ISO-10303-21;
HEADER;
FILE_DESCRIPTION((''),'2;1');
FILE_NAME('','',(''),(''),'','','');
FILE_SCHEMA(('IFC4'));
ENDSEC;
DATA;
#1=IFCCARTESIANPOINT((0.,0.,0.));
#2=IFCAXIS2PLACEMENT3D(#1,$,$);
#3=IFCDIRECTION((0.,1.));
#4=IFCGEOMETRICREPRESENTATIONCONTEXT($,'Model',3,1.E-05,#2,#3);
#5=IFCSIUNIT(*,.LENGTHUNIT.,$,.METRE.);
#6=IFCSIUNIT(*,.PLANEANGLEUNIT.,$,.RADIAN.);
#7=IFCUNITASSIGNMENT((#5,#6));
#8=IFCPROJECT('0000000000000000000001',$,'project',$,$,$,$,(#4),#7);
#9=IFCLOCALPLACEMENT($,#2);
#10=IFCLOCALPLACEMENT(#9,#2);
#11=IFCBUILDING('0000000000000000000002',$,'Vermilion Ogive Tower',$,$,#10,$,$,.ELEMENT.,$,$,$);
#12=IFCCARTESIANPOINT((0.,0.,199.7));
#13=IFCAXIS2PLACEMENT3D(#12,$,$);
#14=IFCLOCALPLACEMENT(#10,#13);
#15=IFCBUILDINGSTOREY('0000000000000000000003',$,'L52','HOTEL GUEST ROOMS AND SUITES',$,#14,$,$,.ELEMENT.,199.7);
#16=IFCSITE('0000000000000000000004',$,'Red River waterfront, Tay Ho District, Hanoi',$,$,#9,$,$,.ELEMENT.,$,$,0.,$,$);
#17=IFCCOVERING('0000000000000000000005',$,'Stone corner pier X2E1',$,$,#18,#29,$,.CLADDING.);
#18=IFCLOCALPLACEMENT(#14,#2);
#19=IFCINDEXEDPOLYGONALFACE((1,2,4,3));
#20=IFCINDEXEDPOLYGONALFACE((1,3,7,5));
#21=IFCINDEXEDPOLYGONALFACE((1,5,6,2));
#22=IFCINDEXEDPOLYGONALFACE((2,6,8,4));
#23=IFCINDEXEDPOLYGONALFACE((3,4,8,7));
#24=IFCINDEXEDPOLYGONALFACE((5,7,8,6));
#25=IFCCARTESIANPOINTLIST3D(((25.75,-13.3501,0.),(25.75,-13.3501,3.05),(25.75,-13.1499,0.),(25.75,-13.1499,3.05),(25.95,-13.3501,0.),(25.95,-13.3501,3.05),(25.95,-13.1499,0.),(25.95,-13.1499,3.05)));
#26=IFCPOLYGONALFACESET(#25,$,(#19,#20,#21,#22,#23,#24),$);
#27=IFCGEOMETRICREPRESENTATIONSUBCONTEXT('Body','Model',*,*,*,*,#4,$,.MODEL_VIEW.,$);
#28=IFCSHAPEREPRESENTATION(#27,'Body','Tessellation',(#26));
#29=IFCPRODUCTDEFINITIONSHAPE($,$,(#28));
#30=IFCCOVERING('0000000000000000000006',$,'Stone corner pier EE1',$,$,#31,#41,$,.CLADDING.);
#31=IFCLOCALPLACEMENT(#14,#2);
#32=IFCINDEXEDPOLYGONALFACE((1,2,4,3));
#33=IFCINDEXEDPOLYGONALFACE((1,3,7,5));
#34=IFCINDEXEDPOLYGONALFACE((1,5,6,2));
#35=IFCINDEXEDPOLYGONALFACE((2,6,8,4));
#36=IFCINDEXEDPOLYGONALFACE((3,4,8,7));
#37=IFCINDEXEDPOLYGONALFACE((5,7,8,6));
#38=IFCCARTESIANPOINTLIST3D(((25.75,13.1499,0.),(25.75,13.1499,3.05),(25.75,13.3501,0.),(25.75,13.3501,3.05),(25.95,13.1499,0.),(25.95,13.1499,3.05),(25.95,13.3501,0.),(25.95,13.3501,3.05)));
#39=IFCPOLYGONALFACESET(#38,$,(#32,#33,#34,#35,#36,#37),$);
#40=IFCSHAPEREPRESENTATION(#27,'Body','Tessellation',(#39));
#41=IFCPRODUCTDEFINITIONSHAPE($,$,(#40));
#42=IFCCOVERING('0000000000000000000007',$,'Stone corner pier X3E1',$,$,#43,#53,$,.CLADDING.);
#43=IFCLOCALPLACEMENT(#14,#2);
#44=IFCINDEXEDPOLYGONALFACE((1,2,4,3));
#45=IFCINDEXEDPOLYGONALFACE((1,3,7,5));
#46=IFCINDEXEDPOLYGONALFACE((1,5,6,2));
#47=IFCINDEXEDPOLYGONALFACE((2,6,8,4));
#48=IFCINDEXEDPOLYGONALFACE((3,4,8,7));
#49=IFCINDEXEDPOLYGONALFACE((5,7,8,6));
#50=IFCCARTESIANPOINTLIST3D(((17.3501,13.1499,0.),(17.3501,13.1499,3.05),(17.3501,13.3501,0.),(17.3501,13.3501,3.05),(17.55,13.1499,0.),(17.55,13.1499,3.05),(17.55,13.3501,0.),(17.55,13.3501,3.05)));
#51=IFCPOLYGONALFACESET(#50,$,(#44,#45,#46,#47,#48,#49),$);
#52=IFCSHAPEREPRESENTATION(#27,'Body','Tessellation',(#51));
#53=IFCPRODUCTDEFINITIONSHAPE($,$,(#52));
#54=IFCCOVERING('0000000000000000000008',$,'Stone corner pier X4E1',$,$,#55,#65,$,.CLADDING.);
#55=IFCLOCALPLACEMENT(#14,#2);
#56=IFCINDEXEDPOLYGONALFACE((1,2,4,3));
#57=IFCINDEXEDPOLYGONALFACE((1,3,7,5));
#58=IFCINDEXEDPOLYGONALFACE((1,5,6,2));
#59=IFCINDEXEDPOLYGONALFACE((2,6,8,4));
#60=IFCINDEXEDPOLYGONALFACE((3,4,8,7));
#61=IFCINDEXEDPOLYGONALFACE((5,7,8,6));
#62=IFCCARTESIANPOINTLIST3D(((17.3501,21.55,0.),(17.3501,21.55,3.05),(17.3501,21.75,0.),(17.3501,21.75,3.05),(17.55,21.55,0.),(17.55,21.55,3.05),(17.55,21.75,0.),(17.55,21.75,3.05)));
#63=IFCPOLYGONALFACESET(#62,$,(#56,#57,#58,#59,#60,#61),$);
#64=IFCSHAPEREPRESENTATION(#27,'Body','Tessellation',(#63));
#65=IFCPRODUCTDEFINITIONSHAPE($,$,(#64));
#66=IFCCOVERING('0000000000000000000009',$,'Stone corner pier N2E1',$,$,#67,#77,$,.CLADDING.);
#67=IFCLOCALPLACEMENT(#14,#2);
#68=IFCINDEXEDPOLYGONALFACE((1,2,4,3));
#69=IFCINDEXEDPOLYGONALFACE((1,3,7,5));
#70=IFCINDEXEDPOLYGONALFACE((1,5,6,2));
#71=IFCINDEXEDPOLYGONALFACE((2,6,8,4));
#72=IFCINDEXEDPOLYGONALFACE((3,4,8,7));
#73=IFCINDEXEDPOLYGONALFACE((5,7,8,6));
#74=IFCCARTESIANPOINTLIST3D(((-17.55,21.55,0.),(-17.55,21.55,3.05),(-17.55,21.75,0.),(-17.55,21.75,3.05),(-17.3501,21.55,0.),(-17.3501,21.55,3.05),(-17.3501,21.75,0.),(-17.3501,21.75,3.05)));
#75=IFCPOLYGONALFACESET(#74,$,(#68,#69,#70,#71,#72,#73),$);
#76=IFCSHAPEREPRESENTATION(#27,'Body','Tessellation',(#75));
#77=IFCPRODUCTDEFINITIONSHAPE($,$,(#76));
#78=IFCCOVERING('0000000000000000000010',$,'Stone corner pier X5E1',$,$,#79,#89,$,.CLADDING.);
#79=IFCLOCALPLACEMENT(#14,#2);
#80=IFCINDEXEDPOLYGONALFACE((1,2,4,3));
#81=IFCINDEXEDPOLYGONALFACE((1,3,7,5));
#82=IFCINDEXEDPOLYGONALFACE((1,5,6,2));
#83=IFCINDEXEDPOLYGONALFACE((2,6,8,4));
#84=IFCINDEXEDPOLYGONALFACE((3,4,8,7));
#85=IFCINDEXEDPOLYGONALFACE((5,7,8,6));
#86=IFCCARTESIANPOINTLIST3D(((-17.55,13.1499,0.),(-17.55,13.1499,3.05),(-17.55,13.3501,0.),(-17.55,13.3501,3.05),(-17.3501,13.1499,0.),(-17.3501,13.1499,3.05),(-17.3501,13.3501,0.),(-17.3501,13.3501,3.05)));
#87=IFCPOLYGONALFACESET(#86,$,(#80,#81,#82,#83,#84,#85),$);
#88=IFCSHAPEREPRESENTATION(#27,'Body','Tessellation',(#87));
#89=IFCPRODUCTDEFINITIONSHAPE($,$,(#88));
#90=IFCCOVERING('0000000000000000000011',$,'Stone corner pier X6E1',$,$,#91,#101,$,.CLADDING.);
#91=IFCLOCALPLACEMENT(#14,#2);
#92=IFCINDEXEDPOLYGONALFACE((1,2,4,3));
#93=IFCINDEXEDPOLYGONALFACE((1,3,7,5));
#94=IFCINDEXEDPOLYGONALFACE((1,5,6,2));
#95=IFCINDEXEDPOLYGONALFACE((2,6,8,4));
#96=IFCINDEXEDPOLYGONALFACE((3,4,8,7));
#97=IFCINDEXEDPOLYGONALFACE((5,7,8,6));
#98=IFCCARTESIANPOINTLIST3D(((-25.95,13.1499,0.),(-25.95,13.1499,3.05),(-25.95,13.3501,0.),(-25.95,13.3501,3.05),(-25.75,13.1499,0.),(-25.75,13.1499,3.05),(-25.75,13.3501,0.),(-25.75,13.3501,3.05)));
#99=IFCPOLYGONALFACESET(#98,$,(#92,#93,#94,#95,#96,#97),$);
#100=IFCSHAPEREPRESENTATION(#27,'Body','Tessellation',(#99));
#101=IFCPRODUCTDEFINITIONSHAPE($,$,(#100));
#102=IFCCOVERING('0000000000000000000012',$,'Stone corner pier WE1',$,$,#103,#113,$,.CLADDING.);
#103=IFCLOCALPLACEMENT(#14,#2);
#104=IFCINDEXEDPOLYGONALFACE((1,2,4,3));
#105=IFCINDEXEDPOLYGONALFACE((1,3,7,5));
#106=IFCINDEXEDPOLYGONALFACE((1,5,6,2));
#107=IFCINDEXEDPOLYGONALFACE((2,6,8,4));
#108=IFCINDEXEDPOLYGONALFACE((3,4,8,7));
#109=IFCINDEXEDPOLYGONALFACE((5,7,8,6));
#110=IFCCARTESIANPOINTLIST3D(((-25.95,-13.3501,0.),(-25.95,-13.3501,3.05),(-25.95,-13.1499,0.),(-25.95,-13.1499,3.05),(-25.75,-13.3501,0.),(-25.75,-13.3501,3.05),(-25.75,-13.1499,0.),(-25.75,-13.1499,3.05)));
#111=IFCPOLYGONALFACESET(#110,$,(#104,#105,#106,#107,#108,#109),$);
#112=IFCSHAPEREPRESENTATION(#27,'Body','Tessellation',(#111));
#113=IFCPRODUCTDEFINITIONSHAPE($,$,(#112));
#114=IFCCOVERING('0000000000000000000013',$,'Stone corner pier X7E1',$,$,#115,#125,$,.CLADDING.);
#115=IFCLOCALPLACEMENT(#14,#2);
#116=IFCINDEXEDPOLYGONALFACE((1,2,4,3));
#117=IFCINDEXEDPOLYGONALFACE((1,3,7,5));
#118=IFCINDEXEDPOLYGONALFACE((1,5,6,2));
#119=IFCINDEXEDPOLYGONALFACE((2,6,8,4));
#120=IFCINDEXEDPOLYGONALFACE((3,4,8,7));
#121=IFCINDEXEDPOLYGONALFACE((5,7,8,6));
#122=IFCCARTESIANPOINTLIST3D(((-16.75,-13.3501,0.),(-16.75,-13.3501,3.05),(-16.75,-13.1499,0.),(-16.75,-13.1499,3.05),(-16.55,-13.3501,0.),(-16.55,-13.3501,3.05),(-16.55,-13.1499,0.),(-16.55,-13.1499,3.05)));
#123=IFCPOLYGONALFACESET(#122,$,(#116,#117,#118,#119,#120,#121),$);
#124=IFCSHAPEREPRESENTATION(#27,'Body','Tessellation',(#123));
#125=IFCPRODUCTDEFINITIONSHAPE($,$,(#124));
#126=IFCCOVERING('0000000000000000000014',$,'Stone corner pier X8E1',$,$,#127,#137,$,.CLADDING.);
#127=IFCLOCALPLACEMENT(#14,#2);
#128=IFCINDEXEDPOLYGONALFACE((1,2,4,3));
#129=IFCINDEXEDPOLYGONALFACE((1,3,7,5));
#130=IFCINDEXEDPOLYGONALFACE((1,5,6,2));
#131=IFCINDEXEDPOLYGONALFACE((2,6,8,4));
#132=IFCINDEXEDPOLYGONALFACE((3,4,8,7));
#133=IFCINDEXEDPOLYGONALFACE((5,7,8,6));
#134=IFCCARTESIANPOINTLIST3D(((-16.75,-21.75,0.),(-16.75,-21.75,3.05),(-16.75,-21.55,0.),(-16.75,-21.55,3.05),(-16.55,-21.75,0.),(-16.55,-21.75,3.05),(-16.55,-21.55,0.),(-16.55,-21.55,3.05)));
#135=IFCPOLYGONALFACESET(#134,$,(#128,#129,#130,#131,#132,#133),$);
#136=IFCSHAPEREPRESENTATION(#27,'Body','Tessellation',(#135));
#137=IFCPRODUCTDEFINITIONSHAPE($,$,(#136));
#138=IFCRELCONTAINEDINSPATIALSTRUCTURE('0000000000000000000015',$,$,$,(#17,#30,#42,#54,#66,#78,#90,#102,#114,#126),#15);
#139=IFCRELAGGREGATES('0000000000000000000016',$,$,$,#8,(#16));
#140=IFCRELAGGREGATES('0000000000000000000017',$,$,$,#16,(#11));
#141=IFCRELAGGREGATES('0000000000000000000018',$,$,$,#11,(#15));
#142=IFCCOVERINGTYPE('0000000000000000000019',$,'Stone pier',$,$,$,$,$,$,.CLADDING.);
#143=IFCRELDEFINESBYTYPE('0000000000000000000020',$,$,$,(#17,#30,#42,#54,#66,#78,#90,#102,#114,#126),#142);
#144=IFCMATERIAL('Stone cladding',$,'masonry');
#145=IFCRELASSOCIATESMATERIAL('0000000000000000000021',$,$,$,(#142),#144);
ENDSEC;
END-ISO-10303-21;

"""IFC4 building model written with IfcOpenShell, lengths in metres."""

from ifc_helpers import new_model, si_unit, direction, frame, origin, place, context, subcontext, project, spatial, polyline, outline, extrude, material, type_object, element, save


model = new_model("IFC4")

# Units and contexts
model_context = context("Model", 3, precision=1e-05, world=origin(), true_north=direction((0.0, 1.0)))
body_context = subcontext(model_context, "Body", "Model", "MODEL_VIEW")
ifc_project = project(units=[si_unit("LENGTHUNIT", "METRE"), si_unit("PLANEANGLEUNIT", "RADIAN")], contexts=[model_context])

# Site, building, storey
site_placement = place(None, origin())
site = spatial("IfcSite", under=ifc_project, at=site_placement, Name="Red River waterfront, Tay Ho District, Hanoi", CompositionType="ELEMENT", RefElevation=0.0)
building_placement = place(site_placement, origin())
building = spatial("IfcBuilding", under=site, at=building_placement, Name="Vermilion Ogive Tower", CompositionType="ELEMENT")
storey_placement = place(building_placement, frame((0.0, 0.0, 199.7)))
storey = spatial("IfcBuildingStorey", under=building, at=storey_placement, Name="L52", Description="HOTEL GUEST ROOMS AND SUITES", CompositionType="ELEMENT", Elevation=199.7)

# Coverings
ifc_material_1 = material(Name="Stone cladding", Category="masonry")
covering_type_1 = type_object("IfcCoveringType", Name="Stone pier", PredefinedType="CLADDING", material=ifc_material_1)
covering_1_placement = place(storey_placement, origin())
element("IfcCovering", 1, at=covering_1_placement, inside=storey, type_object=covering_type_1, Name="Stone corner pier X2E1", PredefinedType="CLADDING", context=body_context, shape_type="SweptSolid", body=[
    extrude(outline(polyline([(25.75, -13.1499), (25.95, -13.1499), (25.95, -13.3501), (25.75, -13.3501), (25.75, -13.1499)])), origin(), (0.0, 0.0, 1.0), 3.05),
])
covering_2_placement = place(storey_placement, origin())
element("IfcCovering", 2, at=covering_2_placement, inside=storey, type_object=covering_type_1, Name="Stone corner pier EE1", PredefinedType="CLADDING", context=body_context, shape_type="SweptSolid", body=[
    extrude(outline(polyline([(25.75, 13.1499), (25.75, 13.3501), (25.95, 13.3501), (25.95, 13.1499), (25.75, 13.1499)])), origin(), (0.0, 0.0, 1.0), 3.05),
])
covering_3_placement = place(storey_placement, origin())
element("IfcCovering", 3, at=covering_3_placement, inside=storey, type_object=covering_type_1, Name="Stone corner pier X3E1", PredefinedType="CLADDING", context=body_context, shape_type="SweptSolid", body=[
    extrude(outline(polyline([(17.3501, 13.1499), (17.3501, 13.3501), (17.55, 13.3501), (17.55, 13.1499), (17.3501, 13.1499)])), origin(), (0.0, 0.0, 1.0), 3.05),
])
covering_4_placement = place(storey_placement, origin())
element("IfcCovering", 4, at=covering_4_placement, inside=storey, type_object=covering_type_1, Name="Stone corner pier X4E1", PredefinedType="CLADDING", context=body_context, shape_type="SweptSolid", body=[
    extrude(outline(polyline([(17.3501, 21.55), (17.3501, 21.75), (17.55, 21.75), (17.55, 21.55), (17.3501, 21.55)])), origin(), (0.0, 0.0, 1.0), 3.05),
])
covering_5_placement = place(storey_placement, origin())
element("IfcCovering", 5, at=covering_5_placement, inside=storey, type_object=covering_type_1, Name="Stone corner pier N2E1", PredefinedType="CLADDING", context=body_context, shape_type="SweptSolid", body=[
    extrude(outline(polyline([(-17.3501, 21.55), (-17.55, 21.55), (-17.55, 21.75), (-17.3501, 21.75), (-17.3501, 21.55)])), origin(), (0.0, 0.0, 1.0), 3.05),
])
covering_6_placement = place(storey_placement, origin())
element("IfcCovering", 6, at=covering_6_placement, inside=storey, type_object=covering_type_1, Name="Stone corner pier X5E1", PredefinedType="CLADDING", context=body_context, shape_type="SweptSolid", body=[
    extrude(outline(polyline([(-17.3501, 13.1499), (-17.55, 13.1499), (-17.55, 13.3501), (-17.3501, 13.3501), (-17.3501, 13.1499)])), origin(), (0.0, 0.0, 1.0), 3.05),
])
covering_7_placement = place(storey_placement, origin())
element("IfcCovering", 7, at=covering_7_placement, inside=storey, type_object=covering_type_1, Name="Stone corner pier X6E1", PredefinedType="CLADDING", context=body_context, shape_type="SweptSolid", body=[
    extrude(outline(polyline([(-25.75, 13.1499), (-25.95, 13.1499), (-25.95, 13.3501), (-25.75, 13.3501), (-25.75, 13.1499)])), origin(), (0.0, 0.0, 1.0), 3.05),
])
covering_8_placement = place(storey_placement, origin())
element("IfcCovering", 8, at=covering_8_placement, inside=storey, type_object=covering_type_1, Name="Stone corner pier WE1", PredefinedType="CLADDING", context=body_context, shape_type="SweptSolid", body=[
    extrude(outline(polyline([(-25.75, -13.1499), (-25.75, -13.3501), (-25.95, -13.3501), (-25.95, -13.1499), (-25.75, -13.1499)])), origin(), (0.0, 0.0, 1.0), 3.05),
])
covering_9_placement = place(storey_placement, origin())
element("IfcCovering", 9, at=covering_9_placement, inside=storey, type_object=covering_type_1, Name="Stone corner pier X7E1", PredefinedType="CLADDING", context=body_context, shape_type="SweptSolid", body=[
    extrude(outline(polyline([(-16.55, -13.1499), (-16.55, -13.3501), (-16.75, -13.3501), (-16.75, -13.1499), (-16.55, -13.1499)])), origin(), (0.0, 0.0, 1.0), 3.05),
])
covering_10_placement = place(storey_placement, origin())
element("IfcCovering", 10, at=covering_10_placement, inside=storey, type_object=covering_type_1, Name="Stone corner pier X8E1", PredefinedType="CLADDING", context=body_context, shape_type="SweptSolid", body=[
    extrude(outline(polyline([(-16.55, -21.55), (-16.55, -21.75), (-16.75, -21.75), (-16.75, -21.55), (-16.55, -21.55)])), origin(), (0.0, 0.0, 1.0), 3.05),
])

save(model, "model.ifc")
